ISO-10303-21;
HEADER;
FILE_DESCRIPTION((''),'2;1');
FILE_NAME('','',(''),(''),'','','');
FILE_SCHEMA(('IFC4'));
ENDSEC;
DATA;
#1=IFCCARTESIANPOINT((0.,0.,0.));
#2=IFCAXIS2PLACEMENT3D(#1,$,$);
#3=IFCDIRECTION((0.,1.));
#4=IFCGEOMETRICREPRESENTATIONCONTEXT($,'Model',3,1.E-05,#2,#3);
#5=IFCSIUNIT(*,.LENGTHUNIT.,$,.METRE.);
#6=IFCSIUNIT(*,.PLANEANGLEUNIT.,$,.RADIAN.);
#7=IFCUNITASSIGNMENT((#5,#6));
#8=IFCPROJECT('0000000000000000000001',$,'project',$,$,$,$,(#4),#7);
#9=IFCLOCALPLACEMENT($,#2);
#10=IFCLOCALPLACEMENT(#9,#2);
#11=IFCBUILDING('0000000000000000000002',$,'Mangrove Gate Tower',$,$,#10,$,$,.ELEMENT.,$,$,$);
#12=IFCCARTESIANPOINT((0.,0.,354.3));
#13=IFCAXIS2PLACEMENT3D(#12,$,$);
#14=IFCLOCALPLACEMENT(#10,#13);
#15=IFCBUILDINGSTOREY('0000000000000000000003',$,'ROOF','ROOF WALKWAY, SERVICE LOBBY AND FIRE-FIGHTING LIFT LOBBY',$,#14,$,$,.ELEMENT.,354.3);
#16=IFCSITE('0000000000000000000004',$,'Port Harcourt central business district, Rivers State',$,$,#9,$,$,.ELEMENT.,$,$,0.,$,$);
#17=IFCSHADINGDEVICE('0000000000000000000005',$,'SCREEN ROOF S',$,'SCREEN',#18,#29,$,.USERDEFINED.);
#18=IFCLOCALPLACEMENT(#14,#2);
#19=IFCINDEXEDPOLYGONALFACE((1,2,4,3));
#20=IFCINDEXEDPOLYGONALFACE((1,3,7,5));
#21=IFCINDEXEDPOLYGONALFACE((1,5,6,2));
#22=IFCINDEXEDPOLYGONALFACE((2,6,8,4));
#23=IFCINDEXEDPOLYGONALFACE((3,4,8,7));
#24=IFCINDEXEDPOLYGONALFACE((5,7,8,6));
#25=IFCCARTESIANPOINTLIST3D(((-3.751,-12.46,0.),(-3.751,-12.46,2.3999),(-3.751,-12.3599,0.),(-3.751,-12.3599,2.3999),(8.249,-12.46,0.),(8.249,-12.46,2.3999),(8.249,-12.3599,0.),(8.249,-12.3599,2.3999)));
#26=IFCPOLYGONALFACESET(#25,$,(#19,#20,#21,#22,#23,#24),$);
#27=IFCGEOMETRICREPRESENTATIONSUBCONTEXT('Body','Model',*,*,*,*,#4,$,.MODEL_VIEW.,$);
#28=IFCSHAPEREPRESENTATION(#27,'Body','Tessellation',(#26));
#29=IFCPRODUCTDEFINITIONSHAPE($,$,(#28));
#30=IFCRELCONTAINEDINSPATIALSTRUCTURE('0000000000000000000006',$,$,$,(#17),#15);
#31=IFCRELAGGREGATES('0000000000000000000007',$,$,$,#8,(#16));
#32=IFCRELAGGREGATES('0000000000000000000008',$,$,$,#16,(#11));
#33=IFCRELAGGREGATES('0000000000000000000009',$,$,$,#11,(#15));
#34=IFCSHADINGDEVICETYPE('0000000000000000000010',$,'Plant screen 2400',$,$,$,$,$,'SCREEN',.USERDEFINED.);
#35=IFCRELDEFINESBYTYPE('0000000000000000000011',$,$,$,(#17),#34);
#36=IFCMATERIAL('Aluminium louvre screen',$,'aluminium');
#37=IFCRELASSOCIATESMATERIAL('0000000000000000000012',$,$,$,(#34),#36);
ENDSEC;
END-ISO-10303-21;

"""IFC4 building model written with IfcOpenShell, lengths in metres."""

from ifc_helpers import new_model, si_unit, direction, frame, origin, origin_2d, place, context, subcontext, project, spatial, rectangle, extrude, material, type_object, element, save


model = new_model("IFC4")

# Units and contexts
model_context = context("Model", 3, precision=1e-05, world=origin(), true_north=direction((0.0, 1.0)))
body_context = subcontext(model_context, "Body", "Model", "MODEL_VIEW")
ifc_project = project(units=[si_unit("LENGTHUNIT", "METRE"), si_unit("PLANEANGLEUNIT", "RADIAN")], contexts=[model_context])

# Site, building, storey
site_placement = place(None, origin())
site = spatial("IfcSite", under=ifc_project, at=site_placement, Name="Port Harcourt central business district, Rivers State", CompositionType="ELEMENT", RefElevation=0.0)
building_placement = place(site_placement, origin())
building = spatial("IfcBuilding", under=site, at=building_placement, Name="Mangrove Gate Tower", CompositionType="ELEMENT")
storey_placement = place(building_placement, frame((0.0, 0.0, 354.3)))
storey = spatial("IfcBuildingStorey", under=building, at=storey_placement, Name="ROOF", Description="ROOF WALKWAY, SERVICE LOBBY AND FIRE-FIGHTING LIFT LOBBY", CompositionType="ELEMENT", Elevation=354.3)

# Shading device
ifc_material_1 = material(Name="Aluminium louvre screen", Category="aluminium")
shading_device_type = type_object("IfcShadingDeviceType", Name="Plant screen 2400", ElementType="SCREEN", PredefinedType="USERDEFINED", material=ifc_material_1)
shading_device_placement = place(storey_placement, frame((2.249, -12.4099, 0.0), z_axis=(0.0, 0.0, 1.0), x_axis=(1.0, 0.0, 0.0)))
element("IfcShadingDevice", 1, at=shading_device_placement, inside=storey, type_object=shading_device_type, Name="SCREEN ROOF S", ObjectType="SCREEN", PredefinedType="USERDEFINED", context=body_context, shape_type="SweptSolid", body=[
    extrude(rectangle(XDim=12.0, YDim=0.1001, at=origin_2d()), origin(), (0.0, 0.0, 1.0), 2.3999),
])

save(model, "model.ifc")
